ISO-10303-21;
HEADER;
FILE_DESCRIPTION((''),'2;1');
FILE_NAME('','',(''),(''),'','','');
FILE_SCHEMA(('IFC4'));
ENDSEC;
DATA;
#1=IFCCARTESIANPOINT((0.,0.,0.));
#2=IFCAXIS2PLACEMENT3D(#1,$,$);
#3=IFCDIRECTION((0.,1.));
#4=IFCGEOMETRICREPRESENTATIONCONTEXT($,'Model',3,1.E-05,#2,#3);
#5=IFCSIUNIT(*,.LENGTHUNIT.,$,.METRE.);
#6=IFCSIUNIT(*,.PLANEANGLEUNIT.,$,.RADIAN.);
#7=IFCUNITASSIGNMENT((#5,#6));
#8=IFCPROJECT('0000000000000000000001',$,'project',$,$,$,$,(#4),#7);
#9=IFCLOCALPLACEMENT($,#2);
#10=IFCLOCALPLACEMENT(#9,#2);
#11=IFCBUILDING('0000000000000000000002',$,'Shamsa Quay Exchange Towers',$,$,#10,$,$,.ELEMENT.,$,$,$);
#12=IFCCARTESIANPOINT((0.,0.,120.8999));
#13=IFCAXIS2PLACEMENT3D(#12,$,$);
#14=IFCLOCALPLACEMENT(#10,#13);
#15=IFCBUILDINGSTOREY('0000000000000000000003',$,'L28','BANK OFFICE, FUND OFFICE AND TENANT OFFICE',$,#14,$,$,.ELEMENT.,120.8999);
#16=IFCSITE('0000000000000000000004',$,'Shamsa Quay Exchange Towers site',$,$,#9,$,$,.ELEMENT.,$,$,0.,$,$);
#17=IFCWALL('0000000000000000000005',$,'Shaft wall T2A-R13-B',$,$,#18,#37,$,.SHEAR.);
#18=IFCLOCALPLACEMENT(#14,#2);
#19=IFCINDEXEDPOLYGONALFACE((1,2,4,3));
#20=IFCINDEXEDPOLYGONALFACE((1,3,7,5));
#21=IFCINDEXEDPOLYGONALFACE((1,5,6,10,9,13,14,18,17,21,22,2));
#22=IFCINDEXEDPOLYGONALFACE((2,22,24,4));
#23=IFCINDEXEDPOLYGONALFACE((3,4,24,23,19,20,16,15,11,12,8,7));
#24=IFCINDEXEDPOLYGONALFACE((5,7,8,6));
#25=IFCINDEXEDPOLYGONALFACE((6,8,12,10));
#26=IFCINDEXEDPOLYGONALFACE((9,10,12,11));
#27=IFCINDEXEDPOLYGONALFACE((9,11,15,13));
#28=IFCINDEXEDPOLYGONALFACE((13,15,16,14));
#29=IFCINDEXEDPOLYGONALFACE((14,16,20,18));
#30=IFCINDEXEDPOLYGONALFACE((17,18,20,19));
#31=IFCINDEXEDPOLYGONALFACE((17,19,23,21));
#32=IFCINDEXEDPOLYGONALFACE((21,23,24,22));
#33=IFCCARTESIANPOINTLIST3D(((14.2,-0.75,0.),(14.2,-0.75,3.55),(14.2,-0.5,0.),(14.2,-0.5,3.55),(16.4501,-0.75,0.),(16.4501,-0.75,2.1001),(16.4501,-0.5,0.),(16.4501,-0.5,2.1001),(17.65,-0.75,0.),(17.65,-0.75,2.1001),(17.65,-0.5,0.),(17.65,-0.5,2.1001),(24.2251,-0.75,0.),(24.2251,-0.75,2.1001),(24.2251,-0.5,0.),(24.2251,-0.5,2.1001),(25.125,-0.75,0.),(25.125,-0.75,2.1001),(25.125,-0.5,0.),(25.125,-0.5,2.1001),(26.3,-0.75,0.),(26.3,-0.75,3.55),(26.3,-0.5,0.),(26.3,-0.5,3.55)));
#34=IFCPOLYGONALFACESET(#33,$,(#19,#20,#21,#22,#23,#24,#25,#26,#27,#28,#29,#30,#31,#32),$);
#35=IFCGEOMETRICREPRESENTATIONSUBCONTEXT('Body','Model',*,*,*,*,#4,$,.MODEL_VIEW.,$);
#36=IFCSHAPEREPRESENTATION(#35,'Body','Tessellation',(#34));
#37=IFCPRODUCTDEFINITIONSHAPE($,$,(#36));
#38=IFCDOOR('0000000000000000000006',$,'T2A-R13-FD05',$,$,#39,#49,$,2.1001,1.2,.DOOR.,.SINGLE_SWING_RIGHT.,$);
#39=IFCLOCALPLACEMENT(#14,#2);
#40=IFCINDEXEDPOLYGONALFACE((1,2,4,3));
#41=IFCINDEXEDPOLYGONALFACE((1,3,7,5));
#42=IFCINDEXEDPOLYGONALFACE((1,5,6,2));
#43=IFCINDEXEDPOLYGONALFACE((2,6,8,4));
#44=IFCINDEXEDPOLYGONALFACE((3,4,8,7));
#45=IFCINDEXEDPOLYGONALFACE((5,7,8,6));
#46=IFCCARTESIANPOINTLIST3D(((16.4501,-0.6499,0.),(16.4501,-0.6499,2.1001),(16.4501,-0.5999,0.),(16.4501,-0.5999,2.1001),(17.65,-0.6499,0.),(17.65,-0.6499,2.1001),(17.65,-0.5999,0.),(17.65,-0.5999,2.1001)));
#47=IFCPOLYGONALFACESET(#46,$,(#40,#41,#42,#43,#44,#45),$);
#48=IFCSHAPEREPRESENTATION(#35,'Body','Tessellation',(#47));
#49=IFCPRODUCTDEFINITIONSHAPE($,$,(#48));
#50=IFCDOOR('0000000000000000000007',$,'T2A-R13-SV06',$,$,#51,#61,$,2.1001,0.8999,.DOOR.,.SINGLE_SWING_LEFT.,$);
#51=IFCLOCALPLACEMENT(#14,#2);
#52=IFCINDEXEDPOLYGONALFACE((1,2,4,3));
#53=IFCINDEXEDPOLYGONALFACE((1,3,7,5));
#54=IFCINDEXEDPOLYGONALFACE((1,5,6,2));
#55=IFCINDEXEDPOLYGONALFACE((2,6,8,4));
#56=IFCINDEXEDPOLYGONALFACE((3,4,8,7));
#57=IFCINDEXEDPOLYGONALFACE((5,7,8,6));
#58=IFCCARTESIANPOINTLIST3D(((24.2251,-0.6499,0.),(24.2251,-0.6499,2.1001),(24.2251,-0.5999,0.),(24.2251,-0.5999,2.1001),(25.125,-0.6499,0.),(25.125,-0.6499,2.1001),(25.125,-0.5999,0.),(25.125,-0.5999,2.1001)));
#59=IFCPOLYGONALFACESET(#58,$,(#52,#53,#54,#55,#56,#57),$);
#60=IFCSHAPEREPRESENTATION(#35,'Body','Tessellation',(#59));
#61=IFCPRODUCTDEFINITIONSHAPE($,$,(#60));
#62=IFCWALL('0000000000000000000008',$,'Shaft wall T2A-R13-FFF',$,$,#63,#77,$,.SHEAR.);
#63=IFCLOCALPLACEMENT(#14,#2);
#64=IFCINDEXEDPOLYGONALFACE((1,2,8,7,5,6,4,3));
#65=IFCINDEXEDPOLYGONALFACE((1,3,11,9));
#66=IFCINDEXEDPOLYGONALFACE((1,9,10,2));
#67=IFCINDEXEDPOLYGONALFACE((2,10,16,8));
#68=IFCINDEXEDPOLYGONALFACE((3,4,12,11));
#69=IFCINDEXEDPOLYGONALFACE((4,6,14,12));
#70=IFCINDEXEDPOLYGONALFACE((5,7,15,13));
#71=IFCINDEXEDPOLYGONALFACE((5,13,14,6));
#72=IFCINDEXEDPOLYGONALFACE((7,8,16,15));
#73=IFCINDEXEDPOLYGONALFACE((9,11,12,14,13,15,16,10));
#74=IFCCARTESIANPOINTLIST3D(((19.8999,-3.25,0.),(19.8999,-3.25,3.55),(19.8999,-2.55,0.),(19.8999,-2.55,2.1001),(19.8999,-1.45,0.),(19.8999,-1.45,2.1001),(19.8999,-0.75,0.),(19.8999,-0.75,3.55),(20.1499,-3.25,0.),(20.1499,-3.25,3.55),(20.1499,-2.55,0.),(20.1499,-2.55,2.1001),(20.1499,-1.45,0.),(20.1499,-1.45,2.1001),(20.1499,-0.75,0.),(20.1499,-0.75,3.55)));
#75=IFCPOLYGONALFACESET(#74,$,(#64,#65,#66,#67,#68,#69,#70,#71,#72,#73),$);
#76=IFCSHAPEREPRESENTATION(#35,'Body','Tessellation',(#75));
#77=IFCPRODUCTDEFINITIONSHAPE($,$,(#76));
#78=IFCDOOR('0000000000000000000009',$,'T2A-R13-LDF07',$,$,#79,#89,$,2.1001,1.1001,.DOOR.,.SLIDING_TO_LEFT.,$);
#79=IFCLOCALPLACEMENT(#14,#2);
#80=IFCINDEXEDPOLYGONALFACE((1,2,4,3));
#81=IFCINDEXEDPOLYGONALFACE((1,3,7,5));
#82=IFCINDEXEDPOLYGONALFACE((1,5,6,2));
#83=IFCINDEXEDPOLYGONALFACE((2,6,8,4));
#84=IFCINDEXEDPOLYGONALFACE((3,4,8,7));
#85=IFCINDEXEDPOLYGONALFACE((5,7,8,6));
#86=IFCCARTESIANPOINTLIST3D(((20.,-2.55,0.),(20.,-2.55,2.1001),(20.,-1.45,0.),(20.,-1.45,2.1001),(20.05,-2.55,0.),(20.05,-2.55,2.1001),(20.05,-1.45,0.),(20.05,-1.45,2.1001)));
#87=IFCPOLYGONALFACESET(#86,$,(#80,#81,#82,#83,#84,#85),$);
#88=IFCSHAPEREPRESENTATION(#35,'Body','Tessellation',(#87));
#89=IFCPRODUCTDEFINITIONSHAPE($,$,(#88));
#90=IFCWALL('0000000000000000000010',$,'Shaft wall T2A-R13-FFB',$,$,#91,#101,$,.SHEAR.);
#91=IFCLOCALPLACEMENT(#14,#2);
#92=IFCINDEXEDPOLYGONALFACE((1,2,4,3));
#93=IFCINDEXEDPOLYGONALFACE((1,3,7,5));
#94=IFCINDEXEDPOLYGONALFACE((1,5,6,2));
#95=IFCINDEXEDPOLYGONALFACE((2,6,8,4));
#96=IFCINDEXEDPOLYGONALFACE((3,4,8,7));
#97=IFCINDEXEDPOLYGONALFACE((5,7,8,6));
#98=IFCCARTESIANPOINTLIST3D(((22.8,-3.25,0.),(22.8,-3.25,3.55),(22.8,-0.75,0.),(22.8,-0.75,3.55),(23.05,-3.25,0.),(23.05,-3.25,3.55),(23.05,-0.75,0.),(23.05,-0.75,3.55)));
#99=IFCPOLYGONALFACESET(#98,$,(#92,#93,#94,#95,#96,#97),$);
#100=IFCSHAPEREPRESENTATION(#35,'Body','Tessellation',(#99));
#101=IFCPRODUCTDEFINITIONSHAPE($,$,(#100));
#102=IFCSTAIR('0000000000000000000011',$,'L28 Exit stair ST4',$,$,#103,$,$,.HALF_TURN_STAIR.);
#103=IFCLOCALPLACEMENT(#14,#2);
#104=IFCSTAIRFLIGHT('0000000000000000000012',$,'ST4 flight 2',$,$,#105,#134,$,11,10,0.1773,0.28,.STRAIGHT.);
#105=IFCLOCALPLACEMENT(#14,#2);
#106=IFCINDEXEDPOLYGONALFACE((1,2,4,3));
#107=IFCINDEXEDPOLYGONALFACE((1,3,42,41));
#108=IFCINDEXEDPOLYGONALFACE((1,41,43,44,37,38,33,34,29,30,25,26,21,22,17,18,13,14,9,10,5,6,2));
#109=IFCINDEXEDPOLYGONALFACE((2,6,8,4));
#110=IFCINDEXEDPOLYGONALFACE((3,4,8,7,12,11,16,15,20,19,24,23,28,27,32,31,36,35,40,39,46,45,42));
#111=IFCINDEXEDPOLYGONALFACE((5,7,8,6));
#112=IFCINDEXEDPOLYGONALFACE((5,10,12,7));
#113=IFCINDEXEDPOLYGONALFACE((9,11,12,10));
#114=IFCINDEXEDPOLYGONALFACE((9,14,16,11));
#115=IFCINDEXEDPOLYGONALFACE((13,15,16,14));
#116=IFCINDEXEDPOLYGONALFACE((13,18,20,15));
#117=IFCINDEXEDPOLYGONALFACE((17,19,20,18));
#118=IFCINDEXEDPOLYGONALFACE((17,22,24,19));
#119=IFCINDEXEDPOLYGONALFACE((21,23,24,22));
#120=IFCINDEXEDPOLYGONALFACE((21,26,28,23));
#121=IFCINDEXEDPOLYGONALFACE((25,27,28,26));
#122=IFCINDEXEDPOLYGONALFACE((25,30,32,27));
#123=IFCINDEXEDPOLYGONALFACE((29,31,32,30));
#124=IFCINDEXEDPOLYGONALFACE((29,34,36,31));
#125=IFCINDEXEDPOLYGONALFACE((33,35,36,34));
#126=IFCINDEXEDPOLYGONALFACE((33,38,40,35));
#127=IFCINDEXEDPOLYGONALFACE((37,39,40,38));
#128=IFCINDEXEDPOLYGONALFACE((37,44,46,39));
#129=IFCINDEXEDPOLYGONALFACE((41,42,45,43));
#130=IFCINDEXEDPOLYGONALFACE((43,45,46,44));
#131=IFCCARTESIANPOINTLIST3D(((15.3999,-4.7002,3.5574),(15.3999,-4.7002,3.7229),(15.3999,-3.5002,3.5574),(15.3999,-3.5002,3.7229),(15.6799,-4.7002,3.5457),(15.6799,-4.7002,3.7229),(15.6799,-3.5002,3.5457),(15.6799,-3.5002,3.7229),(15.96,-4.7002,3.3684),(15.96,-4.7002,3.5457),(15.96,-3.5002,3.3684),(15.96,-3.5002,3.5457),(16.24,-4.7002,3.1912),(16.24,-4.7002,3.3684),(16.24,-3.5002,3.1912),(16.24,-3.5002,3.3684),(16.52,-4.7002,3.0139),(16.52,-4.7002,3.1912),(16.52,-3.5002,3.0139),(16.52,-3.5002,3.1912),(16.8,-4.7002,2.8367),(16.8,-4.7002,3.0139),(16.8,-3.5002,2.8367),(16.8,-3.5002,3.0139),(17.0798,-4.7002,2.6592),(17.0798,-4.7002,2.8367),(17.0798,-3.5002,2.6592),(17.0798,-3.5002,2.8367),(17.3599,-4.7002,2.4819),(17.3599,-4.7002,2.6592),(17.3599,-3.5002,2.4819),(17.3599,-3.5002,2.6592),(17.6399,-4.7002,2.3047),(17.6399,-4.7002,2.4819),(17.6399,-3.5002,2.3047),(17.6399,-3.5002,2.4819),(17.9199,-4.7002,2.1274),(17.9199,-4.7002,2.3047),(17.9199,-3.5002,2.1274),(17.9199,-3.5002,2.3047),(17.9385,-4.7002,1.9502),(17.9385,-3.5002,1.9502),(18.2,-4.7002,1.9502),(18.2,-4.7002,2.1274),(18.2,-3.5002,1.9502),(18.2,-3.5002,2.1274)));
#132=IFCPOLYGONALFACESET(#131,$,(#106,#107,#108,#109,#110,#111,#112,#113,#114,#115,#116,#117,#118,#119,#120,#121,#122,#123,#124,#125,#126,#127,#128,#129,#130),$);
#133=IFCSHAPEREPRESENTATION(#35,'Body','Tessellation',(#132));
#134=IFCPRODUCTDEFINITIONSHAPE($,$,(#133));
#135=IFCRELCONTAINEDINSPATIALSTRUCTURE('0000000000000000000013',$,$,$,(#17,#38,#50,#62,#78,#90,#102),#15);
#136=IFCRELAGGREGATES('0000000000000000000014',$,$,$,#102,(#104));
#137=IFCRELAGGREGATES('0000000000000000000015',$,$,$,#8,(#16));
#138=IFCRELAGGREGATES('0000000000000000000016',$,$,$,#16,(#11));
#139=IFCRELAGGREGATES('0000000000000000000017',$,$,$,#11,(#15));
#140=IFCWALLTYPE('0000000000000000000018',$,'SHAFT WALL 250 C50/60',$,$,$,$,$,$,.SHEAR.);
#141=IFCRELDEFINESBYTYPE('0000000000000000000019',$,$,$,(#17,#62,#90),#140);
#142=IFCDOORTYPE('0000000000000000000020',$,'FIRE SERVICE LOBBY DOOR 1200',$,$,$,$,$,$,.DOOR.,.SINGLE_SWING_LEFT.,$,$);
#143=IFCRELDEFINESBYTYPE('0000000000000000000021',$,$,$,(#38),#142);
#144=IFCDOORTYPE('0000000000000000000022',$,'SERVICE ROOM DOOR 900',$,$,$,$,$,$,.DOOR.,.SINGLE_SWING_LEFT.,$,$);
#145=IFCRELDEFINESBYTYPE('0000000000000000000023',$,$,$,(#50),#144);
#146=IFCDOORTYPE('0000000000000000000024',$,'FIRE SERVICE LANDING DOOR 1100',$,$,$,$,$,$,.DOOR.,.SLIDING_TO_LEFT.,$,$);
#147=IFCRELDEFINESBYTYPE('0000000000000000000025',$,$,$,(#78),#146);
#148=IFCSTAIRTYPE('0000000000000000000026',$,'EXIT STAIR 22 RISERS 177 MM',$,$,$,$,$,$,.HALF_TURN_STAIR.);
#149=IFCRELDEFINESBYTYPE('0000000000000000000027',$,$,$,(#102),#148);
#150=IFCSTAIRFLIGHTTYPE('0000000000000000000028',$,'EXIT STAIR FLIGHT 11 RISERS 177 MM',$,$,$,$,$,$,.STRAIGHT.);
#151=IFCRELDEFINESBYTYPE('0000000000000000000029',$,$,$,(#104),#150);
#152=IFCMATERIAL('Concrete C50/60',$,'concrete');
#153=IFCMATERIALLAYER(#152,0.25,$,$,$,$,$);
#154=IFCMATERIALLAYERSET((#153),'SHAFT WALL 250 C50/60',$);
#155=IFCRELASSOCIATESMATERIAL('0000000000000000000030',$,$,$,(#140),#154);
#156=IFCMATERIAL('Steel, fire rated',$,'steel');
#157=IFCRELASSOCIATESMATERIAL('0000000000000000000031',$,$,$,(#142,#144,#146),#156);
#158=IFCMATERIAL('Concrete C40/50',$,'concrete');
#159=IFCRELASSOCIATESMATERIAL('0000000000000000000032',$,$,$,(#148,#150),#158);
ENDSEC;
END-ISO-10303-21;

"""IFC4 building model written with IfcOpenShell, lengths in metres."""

from ifc_helpers import new_model, si_unit, direction, frame, frame_2d, origin, place, context, subcontext, project, spatial, polyline, rectangle, outline, extrude, material, layer, layer_set, type_object, element, fill, aggregate, save


model = new_model("IFC4")

# Units and contexts
model_context = context("Model", 3, precision=1e-05, world=origin(), true_north=direction((0.0, 1.0)))
body_context = subcontext(model_context, "Body", "Model", "MODEL_VIEW")
ifc_project = project(units=[si_unit("LENGTHUNIT", "METRE"), si_unit("PLANEANGLEUNIT", "RADIAN")], contexts=[model_context])

# Site, building, storey
site_placement = place(None, origin())
site = spatial("IfcSite", under=ifc_project, at=site_placement, Name="Shamsa Quay Exchange Towers site", CompositionType="ELEMENT", RefElevation=0.0)
building_placement = place(site_placement, origin())
building = spatial("IfcBuilding", under=site, at=building_placement, Name="Shamsa Quay Exchange Towers", CompositionType="ELEMENT")
storey_placement = place(building_placement, frame((0.0, 0.0, 120.8999)))
storey = spatial("IfcBuildingStorey", under=building, at=storey_placement, Name="L28", Description="BANK OFFICE, FUND OFFICE AND TENANT OFFICE", CompositionType="ELEMENT", Elevation=120.8999)

# Shared definitions
ifc_material_1 = material(Name="Concrete C50/60", Category="concrete")
ifc_layer_1 = layer(ifc_material_1, 0.25)
ifc_layer_set_1 = layer_set([ifc_layer_1], Name="SHAFT WALL 250 C50/60")
wall_type_1 = type_object("IfcWallType", Name="SHAFT WALL 250 C50/60", PredefinedType="SHEAR", material=ifc_layer_set_1)
ifc_material_2 = material(Name="Steel, fire rated", Category="steel")

# Wall, openings, doors
wall_1_placement = place(storey_placement, frame((26.3, -0.625, 0.0), z_axis=(0.0, 0.0, 1.0), x_axis=(-1.0, 0.0, 0.0)))
wall_1 = element("IfcWall", 1, at=wall_1_placement, inside=storey, type_object=wall_type_1, Name="Shaft wall T2A-R13-B", PredefinedType="SHEAR", context=body_context, shape_type="SweptSolid", body=[
    extrude(rectangle(XDim=12.1001, YDim=0.25, at=frame_2d((6.05, 0.0))), origin(), (0.0, 0.0, 1.0), 3.55),
])
opening_1_placement = place(wall_1_placement, frame((8.6499, 0.0, 0.0)))
opening_1 = element("IfcOpeningElement", 2, at=opening_1_placement, cuts=wall_1, PredefinedType="OPENING", context=body_context, shape_type="SweptSolid", body=[
    extrude(rectangle(XDim=1.2, YDim=2.1001, at=frame_2d((0.6001, 1.05))), frame((0.0, 0.135, 0.0), z_axis=(0.0, -1.0, 0.0), x_axis=(1.0, 0.0, 0.0)), (0.0, 0.0, 1.0), 0.27),
])
opening_2_placement = place(wall_1_placement, frame((1.175, 0.0, 0.0)))
opening_2 = element("IfcOpeningElement", 3, at=opening_2_placement, cuts=wall_1, PredefinedType="OPENING", context=body_context, shape_type="SweptSolid", body=[
    extrude(rectangle(XDim=0.8999, YDim=2.1001, at=frame_2d((0.45, 1.05))), frame((0.0, 0.135, 0.0), z_axis=(0.0, -1.0, 0.0), x_axis=(1.0, 0.0, 0.0)), (0.0, 0.0, 1.0), 0.27),
])
door_type_1 = type_object("IfcDoorType", Name="FIRE SERVICE LOBBY DOOR 1200", OperationType="SINGLE_SWING_LEFT", PredefinedType="DOOR", material=ifc_material_2)
door_1_placement = place(opening_1_placement, origin())
door_1 = element("IfcDoor", 4, at=door_1_placement, inside=storey, type_object=door_type_1, Name="T2A-R13-FD05", OperationType="SINGLE_SWING_RIGHT", OverallHeight=2.1001, OverallWidth=1.2, PredefinedType="DOOR", context=body_context, shape_type="SweptSolid", body=[
    extrude(rectangle(XDim=1.2, YDim=2.1001, at=frame_2d((0.6001, 1.05))), frame((0.0, 0.0249, 0.0), z_axis=(0.0, -1.0, 0.0), x_axis=(1.0, 0.0, 0.0)), (0.0, 0.0, 1.0), 0.05),
])
fill(opening_1, door_1)
door_type_2 = type_object("IfcDoorType", Name="SERVICE ROOM DOOR 900", OperationType="SINGLE_SWING_LEFT", PredefinedType="DOOR", material=ifc_material_2)
door_2_placement = place(opening_2_placement, origin())
door_2 = element("IfcDoor", 5, at=door_2_placement, inside=storey, type_object=door_type_2, Name="T2A-R13-SV06", OperationType="SINGLE_SWING_LEFT", OverallHeight=2.1001, OverallWidth=0.8999, PredefinedType="DOOR", context=body_context, shape_type="SweptSolid", body=[
    extrude(rectangle(XDim=0.8999, YDim=2.1001, at=frame_2d((0.45, 1.05))), frame((0.0, 0.0249, 0.0), z_axis=(0.0, -1.0, 0.0), x_axis=(1.0, 0.0, 0.0)), (0.0, 0.0, 1.0), 0.05),
])
fill(opening_2, door_2)

# Wall, opening, door
wall_2_placement = place(storey_placement, frame((20.0249, -3.25, 0.0), z_axis=(0.0, 0.0, 1.0), x_axis=(0.0, 1.0, 0.0)))
wall_2 = element("IfcWall", 6, at=wall_2_placement, inside=storey, type_object=wall_type_1, Name="Shaft wall T2A-R13-FFF", PredefinedType="SHEAR", context=body_context, shape_type="SweptSolid", body=[
    extrude(rectangle(XDim=2.5, YDim=0.25, at=frame_2d((1.25, 0.0))), origin(), (0.0, 0.0, 1.0), 3.55),
])
opening_3_placement = place(wall_2_placement, frame((0.7, 0.0, 0.0)))
opening_3 = element("IfcOpeningElement", 7, at=opening_3_placement, cuts=wall_2, PredefinedType="OPENING", context=body_context, shape_type="SweptSolid", body=[
    extrude(rectangle(XDim=1.1001, YDim=2.1001, at=frame_2d((0.55, 1.05))), frame((0.0, 0.135, 0.0), z_axis=(0.0, -1.0, 0.0), x_axis=(1.0, 0.0, 0.0)), (0.0, 0.0, 1.0), 0.27),
])
door_type_3 = type_object("IfcDoorType", Name="FIRE SERVICE LANDING DOOR 1100", OperationType="SLIDING_TO_LEFT", PredefinedType="DOOR", material=ifc_material_2)
door_3_placement = place(opening_3_placement, origin())
door_3 = element("IfcDoor", 8, at=door_3_placement, inside=storey, type_object=door_type_3, Name="T2A-R13-LDF07", OperationType="SLIDING_TO_LEFT", OverallHeight=2.1001, OverallWidth=1.1001, PredefinedType="DOOR", context=body_context, shape_type="SweptSolid", body=[
    extrude(rectangle(XDim=1.1001, YDim=2.1001, at=frame_2d((0.55, 1.05))), frame((0.0, 0.0249, 0.0), z_axis=(0.0, -1.0, 0.0), x_axis=(1.0, 0.0, 0.0)), (0.0, 0.0, 1.0), 0.05),
])
fill(opening_3, door_3)

# Wall
wall_3_placement = place(storey_placement, frame((22.925, -3.25, 0.0), z_axis=(0.0, 0.0, 1.0), x_axis=(0.0, 1.0, 0.0)))
element("IfcWall", 9, at=wall_3_placement, inside=storey, type_object=wall_type_1, Name="Shaft wall T2A-R13-FFB", PredefinedType="SHEAR", context=body_context, shape_type="SweptSolid", body=[
    extrude(rectangle(XDim=2.5, YDim=0.25, at=frame_2d((1.25, 0.0))), origin(), (0.0, 0.0, 1.0), 3.55),
])

# Stair, stair flight
ifc_material_3 = material(Name="Concrete C40/50", Category="concrete")
stair_type = type_object("IfcStairType", Name="EXIT STAIR 22 RISERS 177 MM", PredefinedType="HALF_TURN_STAIR", material=ifc_material_3)
stair_placement = place(storey_placement, origin())
stair = element("IfcStair", 10, at=stair_placement, inside=storey, type_object=stair_type, Name="L28 Exit stair ST4", PredefinedType="HALF_TURN_STAIR")
stair_flight_type = type_object("IfcStairFlightType", Name="EXIT STAIR FLIGHT 11 RISERS 177 MM", PredefinedType="STRAIGHT", material=ifc_material_3)
stair_flight_placement = place(storey_placement, frame((18.2, -4.1001, 1.9502), z_axis=(0.0, 0.0, 1.0), x_axis=(-1.0, 0.0, 0.0)))
stair_flight = element("IfcStairFlight", 11, at=stair_flight_placement, type_object=stair_flight_type, Name="ST4 flight 2", NumberOfRisers=11, NumberOfTreads=10, PredefinedType="STRAIGHT", RiserHeight=0.1773, TreadLength=0.28, context=body_context, shape_type="SweptSolid", body=[
    extrude(outline(polyline([(0.0, 0.0), (0.0, 0.1772), (0.28, 0.1772), (0.28, 0.3545), (0.5601, 0.3545), (0.5601, 0.5317), (0.8401, 0.5317), (0.8401, 0.709), (1.1201, 0.709), (1.1201, 0.8865), (1.3999, 0.8865), (1.3999, 1.0637), (1.6799, 1.0637), (1.6799, 1.241), (1.96, 1.241), (1.96, 1.4182), (2.24, 1.4182), (2.24, 1.5955), (2.52, 1.5955), (2.52, 1.7727), (2.8, 1.7727), (2.8, 1.95), (2.8, 1.6072), (0.2615, 0.0), (0.0, 0.0)])), frame((0.0, 0.6001, 0.0), z_axis=(0.0, -1.0, 0.0), x_axis=(1.0, 0.0, 0.0)), (0.0, 0.0, 1.0), 1.2),
])
aggregate(stair, [stair_flight])

save(model, "model.ifc")
